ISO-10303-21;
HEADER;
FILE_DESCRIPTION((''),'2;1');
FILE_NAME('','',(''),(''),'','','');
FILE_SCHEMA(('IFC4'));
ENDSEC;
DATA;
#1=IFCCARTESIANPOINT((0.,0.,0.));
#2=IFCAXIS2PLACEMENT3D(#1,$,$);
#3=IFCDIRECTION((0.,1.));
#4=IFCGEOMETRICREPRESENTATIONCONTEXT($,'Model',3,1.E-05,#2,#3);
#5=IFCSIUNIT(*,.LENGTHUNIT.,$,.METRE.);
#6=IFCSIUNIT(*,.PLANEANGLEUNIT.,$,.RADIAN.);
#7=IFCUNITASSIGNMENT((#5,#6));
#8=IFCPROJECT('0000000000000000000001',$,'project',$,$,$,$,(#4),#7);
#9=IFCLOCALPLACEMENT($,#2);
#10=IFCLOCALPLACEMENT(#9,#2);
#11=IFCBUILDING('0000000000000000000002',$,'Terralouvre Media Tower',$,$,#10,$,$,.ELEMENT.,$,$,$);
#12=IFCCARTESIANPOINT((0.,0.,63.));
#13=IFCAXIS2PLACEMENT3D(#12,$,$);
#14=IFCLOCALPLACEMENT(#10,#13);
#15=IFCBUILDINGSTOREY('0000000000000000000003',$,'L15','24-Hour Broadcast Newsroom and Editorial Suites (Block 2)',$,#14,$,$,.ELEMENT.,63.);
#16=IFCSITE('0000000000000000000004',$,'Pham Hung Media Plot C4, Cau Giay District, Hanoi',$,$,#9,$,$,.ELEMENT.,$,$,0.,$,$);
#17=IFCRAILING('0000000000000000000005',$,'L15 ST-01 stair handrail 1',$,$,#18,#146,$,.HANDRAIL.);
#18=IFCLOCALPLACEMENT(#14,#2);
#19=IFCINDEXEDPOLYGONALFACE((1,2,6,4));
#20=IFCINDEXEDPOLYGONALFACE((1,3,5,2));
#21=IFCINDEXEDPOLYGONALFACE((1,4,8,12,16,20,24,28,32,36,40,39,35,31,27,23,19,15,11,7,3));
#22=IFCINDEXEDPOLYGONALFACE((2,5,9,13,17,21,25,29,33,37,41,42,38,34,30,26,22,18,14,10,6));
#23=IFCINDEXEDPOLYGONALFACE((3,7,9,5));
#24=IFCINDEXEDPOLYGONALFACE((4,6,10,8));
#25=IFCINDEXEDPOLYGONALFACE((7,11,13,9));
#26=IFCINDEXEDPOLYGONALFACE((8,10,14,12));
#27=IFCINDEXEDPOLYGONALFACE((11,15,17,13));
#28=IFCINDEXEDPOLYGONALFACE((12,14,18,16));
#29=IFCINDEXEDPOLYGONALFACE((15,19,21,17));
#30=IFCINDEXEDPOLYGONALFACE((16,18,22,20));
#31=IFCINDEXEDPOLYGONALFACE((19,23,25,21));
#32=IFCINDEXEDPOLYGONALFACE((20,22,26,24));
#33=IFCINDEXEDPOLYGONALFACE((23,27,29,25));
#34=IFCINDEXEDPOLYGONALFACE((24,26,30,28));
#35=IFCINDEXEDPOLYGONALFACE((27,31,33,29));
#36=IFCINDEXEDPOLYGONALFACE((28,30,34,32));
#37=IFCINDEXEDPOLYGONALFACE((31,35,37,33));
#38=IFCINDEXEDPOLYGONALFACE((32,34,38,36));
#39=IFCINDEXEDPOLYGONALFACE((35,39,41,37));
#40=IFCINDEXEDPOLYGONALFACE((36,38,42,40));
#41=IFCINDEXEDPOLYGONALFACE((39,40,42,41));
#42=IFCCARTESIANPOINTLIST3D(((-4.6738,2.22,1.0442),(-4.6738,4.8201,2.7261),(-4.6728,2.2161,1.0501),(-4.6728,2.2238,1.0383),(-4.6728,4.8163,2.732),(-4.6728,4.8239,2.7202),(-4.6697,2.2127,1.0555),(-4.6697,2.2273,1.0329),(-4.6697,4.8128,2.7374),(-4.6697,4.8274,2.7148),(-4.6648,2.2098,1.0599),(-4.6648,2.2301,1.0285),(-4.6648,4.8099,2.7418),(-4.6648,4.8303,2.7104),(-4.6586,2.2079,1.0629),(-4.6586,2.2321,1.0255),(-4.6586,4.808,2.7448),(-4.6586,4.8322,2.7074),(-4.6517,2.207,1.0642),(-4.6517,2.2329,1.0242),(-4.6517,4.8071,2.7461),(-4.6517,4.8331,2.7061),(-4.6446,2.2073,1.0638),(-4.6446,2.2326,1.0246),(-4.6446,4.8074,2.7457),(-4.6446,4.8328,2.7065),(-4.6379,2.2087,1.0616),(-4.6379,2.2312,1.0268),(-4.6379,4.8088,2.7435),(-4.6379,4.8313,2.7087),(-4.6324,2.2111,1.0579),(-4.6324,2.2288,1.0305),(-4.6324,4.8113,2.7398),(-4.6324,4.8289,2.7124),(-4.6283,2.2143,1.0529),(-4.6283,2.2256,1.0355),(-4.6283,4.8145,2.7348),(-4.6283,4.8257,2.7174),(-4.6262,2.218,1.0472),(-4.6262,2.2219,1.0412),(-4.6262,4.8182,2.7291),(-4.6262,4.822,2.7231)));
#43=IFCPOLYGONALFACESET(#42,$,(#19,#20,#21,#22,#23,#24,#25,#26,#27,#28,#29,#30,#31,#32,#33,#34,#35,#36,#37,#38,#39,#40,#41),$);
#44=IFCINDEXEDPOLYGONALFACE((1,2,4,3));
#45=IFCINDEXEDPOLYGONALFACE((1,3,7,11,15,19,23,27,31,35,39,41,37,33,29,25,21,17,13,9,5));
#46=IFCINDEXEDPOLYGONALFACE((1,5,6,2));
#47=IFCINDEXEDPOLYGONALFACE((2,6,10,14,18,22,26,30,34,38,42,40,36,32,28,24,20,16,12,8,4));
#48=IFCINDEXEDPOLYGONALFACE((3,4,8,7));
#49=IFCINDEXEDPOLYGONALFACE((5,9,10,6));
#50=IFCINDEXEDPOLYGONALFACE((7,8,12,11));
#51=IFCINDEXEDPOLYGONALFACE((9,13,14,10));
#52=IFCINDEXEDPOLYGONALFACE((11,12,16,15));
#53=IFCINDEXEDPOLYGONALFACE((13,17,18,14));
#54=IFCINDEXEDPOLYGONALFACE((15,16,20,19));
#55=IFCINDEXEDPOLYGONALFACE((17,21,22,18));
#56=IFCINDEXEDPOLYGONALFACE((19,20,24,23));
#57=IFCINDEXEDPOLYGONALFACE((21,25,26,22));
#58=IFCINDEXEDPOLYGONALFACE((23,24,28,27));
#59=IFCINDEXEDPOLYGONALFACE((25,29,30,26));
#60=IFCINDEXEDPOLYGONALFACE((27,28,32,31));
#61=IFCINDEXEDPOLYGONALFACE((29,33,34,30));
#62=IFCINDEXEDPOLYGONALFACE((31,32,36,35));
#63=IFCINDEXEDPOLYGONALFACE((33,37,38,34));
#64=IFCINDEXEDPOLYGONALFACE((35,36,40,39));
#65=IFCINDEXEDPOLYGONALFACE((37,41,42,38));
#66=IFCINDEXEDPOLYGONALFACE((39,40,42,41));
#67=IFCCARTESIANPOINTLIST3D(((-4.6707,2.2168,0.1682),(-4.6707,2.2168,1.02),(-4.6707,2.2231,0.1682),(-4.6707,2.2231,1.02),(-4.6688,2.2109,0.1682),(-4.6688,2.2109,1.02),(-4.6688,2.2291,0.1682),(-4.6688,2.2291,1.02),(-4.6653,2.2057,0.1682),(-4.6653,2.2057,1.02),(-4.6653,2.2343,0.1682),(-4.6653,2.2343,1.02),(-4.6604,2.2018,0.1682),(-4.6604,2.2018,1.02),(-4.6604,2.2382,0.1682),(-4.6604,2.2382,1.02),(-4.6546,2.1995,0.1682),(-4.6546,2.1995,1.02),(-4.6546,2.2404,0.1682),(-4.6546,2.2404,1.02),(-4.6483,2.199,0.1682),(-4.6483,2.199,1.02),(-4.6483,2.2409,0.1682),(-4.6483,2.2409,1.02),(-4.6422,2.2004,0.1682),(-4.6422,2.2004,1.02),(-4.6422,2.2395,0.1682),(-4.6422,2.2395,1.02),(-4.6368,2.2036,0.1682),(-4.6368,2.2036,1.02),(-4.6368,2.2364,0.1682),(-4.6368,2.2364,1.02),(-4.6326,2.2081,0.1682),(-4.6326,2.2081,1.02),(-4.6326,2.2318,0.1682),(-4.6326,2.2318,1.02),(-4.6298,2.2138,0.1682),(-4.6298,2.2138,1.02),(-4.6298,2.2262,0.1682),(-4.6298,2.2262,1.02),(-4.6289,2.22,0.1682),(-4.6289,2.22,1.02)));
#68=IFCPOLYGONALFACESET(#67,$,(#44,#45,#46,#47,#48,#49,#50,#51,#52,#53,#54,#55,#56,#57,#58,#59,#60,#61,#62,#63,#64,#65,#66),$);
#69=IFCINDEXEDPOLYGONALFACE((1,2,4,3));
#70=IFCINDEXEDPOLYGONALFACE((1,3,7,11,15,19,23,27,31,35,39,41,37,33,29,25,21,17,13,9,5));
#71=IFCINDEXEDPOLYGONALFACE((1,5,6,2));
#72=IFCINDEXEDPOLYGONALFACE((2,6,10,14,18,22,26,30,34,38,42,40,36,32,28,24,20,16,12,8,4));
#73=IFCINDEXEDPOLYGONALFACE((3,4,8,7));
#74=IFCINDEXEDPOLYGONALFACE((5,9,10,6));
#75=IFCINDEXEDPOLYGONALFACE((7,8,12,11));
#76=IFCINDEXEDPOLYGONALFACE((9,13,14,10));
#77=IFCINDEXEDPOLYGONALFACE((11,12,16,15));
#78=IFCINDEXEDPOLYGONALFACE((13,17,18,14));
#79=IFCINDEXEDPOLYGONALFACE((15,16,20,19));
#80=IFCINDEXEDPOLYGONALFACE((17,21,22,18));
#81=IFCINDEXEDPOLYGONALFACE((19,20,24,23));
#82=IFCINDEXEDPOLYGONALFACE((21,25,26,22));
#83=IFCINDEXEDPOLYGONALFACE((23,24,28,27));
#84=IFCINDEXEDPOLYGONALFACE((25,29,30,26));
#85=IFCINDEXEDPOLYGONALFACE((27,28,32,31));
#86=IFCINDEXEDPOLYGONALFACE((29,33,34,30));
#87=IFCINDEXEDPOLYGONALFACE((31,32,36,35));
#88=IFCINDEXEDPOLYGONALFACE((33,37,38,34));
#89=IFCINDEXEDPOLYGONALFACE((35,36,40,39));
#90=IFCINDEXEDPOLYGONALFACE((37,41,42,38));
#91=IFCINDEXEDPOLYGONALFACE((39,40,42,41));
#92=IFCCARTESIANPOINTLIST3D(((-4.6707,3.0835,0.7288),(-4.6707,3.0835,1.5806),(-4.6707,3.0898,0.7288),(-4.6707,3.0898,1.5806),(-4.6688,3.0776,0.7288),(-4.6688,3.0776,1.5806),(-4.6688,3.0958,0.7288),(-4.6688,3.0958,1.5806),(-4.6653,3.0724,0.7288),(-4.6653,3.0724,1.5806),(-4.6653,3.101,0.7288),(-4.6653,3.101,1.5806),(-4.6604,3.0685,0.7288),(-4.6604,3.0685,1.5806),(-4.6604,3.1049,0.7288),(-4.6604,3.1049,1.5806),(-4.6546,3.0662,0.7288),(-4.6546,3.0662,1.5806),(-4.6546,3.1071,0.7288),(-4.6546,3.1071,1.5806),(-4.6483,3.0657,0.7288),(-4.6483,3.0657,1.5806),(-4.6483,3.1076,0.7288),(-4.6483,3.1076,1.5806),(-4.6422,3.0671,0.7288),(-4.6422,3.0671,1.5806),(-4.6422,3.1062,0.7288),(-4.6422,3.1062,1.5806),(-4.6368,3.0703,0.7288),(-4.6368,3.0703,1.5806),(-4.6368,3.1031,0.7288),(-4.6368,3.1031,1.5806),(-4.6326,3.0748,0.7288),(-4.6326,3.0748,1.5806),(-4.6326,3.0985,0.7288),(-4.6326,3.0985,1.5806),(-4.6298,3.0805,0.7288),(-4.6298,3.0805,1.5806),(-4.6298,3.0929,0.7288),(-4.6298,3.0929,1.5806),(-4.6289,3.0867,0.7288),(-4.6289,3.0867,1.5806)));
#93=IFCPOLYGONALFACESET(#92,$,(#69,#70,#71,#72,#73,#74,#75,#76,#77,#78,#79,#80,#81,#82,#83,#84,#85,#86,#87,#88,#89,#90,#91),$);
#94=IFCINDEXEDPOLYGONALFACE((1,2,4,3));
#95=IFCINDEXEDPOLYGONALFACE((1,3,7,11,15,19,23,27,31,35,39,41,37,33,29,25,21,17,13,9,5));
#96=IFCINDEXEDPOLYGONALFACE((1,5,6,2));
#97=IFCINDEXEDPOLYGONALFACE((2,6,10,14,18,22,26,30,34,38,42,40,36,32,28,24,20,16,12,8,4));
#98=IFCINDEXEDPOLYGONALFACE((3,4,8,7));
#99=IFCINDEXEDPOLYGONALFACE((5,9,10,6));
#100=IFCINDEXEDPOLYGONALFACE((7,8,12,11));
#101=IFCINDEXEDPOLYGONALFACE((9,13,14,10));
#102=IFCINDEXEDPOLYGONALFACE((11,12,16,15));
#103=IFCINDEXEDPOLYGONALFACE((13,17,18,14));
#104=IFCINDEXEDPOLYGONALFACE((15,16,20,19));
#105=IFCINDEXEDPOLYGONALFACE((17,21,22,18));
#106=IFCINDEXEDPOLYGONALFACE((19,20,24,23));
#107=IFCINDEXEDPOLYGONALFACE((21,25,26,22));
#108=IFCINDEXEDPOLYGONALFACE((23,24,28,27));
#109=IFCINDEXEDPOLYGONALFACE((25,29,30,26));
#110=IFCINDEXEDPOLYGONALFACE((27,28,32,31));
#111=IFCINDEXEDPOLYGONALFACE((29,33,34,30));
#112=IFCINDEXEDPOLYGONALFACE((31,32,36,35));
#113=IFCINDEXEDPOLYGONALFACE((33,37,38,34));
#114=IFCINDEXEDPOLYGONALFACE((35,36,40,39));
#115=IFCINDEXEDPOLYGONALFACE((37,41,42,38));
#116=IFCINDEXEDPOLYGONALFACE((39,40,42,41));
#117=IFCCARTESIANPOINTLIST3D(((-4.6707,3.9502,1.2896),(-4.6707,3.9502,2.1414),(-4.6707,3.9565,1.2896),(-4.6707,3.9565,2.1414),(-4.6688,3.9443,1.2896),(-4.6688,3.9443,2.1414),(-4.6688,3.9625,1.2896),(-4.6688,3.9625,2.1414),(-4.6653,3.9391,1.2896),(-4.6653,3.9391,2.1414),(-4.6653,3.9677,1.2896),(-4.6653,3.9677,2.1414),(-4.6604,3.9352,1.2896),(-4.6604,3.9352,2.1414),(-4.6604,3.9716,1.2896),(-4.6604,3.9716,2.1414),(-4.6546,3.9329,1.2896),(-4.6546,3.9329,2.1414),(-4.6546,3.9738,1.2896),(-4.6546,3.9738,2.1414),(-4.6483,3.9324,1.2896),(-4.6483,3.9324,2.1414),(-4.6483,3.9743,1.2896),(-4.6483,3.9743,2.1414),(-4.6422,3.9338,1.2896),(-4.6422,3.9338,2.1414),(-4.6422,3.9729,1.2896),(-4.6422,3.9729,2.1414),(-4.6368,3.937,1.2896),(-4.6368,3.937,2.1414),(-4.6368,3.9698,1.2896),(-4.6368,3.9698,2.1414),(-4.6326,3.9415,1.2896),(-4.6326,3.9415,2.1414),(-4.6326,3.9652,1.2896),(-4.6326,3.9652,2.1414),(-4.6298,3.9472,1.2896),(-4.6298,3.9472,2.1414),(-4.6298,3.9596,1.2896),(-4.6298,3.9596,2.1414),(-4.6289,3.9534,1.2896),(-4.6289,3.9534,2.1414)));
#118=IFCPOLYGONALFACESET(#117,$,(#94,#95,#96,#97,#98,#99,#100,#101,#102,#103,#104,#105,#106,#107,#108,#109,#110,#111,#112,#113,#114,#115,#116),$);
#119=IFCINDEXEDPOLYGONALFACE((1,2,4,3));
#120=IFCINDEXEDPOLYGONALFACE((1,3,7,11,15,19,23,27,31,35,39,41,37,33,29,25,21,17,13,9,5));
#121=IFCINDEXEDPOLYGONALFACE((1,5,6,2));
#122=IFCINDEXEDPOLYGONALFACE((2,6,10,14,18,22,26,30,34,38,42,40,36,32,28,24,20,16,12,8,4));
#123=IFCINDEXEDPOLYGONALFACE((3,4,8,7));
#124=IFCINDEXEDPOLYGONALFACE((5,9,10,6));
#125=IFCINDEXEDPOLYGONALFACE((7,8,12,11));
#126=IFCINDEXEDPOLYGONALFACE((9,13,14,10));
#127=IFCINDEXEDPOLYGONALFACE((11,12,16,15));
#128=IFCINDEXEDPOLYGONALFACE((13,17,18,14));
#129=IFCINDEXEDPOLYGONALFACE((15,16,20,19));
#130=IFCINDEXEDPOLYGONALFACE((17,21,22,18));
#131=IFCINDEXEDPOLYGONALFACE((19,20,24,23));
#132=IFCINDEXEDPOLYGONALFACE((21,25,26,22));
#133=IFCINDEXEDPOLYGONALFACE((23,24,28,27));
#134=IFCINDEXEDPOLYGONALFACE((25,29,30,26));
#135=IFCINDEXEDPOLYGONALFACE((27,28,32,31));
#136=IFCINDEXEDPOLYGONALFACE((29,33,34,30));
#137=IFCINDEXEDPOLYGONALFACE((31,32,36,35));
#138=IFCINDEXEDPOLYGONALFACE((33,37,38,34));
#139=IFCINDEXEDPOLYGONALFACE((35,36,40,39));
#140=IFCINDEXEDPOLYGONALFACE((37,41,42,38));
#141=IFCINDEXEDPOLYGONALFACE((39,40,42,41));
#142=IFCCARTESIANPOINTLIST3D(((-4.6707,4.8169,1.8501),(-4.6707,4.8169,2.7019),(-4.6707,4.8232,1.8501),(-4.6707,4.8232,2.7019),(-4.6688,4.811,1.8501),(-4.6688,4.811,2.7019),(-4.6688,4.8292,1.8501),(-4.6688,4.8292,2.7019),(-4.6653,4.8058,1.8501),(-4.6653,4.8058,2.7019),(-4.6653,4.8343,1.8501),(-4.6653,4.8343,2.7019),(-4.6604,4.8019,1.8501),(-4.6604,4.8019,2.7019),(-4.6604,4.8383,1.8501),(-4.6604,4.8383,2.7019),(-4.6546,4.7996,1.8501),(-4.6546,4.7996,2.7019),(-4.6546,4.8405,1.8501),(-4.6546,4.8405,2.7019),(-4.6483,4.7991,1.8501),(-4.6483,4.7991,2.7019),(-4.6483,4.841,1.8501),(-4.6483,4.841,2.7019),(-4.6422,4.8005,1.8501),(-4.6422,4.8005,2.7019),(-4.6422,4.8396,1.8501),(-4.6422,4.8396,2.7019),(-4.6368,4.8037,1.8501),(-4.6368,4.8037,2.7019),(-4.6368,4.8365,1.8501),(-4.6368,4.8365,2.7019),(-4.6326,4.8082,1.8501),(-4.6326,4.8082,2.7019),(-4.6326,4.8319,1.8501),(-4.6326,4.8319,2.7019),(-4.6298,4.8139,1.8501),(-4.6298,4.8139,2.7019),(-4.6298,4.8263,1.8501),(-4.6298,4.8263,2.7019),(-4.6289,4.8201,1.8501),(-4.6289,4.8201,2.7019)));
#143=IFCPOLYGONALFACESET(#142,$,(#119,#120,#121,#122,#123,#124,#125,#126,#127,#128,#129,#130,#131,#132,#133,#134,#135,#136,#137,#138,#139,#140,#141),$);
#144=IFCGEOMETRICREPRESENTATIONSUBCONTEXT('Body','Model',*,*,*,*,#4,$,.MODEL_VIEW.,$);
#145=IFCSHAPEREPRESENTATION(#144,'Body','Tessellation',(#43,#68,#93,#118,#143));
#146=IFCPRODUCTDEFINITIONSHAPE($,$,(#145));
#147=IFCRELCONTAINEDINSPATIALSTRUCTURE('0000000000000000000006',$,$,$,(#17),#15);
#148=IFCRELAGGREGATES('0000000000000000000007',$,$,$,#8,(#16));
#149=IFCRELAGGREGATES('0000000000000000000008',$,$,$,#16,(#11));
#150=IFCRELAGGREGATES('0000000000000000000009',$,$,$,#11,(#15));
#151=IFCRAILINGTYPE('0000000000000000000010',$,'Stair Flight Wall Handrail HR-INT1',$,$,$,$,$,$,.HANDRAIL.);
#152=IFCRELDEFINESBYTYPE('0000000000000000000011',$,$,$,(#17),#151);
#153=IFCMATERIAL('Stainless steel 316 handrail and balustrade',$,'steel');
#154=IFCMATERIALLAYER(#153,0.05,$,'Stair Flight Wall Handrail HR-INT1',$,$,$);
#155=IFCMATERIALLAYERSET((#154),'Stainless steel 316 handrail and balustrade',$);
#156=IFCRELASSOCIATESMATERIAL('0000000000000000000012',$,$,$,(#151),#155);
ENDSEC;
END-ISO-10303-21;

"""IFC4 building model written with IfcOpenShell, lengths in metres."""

from ifc_helpers import new_model, si_unit, direction, frame, origin, origin_2d, place, context, subcontext, project, spatial, circle, extrude, material, layer, layer_set, type_object, element, save


model = new_model("IFC4")

# Units and contexts
model_context = context("Model", 3, precision=1e-05, world=origin(), true_north=direction((0.0, 1.0)))
body_context = subcontext(model_context, "Body", "Model", "MODEL_VIEW")
ifc_project = project(units=[si_unit("LENGTHUNIT", "METRE"), si_unit("PLANEANGLEUNIT", "RADIAN")], contexts=[model_context])

# Site, building, storey
site_placement = place(None, origin())
site = spatial("IfcSite", under=ifc_project, at=site_placement, Name="Pham Hung Media Plot C4, Cau Giay District, Hanoi", CompositionType="ELEMENT", RefElevation=0.0)
building_placement = place(site_placement, origin())
building = spatial("IfcBuilding", under=site, at=building_placement, Name="Terralouvre Media Tower", CompositionType="ELEMENT")
storey_placement = place(building_placement, frame((0.0, 0.0, 63.0)))
storey = spatial("IfcBuildingStorey", under=building, at=storey_placement, Name="L15", Description="24-Hour Broadcast Newsroom and Editorial Suites (Block 2)", CompositionType="ELEMENT", Elevation=63.0)

# Railing
ifc_material_1 = material(Name="Stainless steel 316 handrail and balustrade", Category="steel")
ifc_layer_1 = layer(ifc_material_1, 0.05, Name="Stair Flight Wall Handrail HR-INT1")
ifc_layer_set_1 = layer_set([ifc_layer_1], Name="Stainless steel 316 handrail and balustrade")
railing_type_1 = type_object("IfcRailingType", Name="Stair Flight Wall Handrail HR-INT1", PredefinedType="HANDRAIL", material=ifc_layer_set_1)
railing_1_placement = place(storey_placement, frame((-4.6499, 2.22, 0.1682)))
element("IfcRailing", 1, at=railing_1_placement, inside=storey, type_object=railing_type_1, Name="L15 ST-01 stair handrail 1", PredefinedType="HANDRAIL", context=body_context, shape_type="SweptSolid", body=[
    extrude(circle(Radius=0.0239, at=origin_2d()), frame((0.0, 0.0, 0.876), z_axis=(0.0, 0.839648, 0.54313), x_axis=(-1.0, 0.0, 0.0)), (0.0, 0.0, 1.0), 3.0967),
    extrude(circle(Radius=0.021, at=origin_2d()), origin(), (0.0, 0.0, 1.0), 0.8518),
    extrude(circle(Radius=0.021, at=origin_2d()), frame((0.0, 0.8667, 0.5605)), (0.0, 0.0, 1.0), 0.8518),
    extrude(circle(Radius=0.021, at=origin_2d()), frame((0.0, 1.7334, 1.1213)), (0.0, 0.0, 1.0), 0.8518),
    extrude(circle(Radius=0.021, at=origin_2d()), frame((0.0, 2.6001, 1.6819)), (0.0, 0.0, 1.0), 0.8518),
])

save(model, "model.ifc")
